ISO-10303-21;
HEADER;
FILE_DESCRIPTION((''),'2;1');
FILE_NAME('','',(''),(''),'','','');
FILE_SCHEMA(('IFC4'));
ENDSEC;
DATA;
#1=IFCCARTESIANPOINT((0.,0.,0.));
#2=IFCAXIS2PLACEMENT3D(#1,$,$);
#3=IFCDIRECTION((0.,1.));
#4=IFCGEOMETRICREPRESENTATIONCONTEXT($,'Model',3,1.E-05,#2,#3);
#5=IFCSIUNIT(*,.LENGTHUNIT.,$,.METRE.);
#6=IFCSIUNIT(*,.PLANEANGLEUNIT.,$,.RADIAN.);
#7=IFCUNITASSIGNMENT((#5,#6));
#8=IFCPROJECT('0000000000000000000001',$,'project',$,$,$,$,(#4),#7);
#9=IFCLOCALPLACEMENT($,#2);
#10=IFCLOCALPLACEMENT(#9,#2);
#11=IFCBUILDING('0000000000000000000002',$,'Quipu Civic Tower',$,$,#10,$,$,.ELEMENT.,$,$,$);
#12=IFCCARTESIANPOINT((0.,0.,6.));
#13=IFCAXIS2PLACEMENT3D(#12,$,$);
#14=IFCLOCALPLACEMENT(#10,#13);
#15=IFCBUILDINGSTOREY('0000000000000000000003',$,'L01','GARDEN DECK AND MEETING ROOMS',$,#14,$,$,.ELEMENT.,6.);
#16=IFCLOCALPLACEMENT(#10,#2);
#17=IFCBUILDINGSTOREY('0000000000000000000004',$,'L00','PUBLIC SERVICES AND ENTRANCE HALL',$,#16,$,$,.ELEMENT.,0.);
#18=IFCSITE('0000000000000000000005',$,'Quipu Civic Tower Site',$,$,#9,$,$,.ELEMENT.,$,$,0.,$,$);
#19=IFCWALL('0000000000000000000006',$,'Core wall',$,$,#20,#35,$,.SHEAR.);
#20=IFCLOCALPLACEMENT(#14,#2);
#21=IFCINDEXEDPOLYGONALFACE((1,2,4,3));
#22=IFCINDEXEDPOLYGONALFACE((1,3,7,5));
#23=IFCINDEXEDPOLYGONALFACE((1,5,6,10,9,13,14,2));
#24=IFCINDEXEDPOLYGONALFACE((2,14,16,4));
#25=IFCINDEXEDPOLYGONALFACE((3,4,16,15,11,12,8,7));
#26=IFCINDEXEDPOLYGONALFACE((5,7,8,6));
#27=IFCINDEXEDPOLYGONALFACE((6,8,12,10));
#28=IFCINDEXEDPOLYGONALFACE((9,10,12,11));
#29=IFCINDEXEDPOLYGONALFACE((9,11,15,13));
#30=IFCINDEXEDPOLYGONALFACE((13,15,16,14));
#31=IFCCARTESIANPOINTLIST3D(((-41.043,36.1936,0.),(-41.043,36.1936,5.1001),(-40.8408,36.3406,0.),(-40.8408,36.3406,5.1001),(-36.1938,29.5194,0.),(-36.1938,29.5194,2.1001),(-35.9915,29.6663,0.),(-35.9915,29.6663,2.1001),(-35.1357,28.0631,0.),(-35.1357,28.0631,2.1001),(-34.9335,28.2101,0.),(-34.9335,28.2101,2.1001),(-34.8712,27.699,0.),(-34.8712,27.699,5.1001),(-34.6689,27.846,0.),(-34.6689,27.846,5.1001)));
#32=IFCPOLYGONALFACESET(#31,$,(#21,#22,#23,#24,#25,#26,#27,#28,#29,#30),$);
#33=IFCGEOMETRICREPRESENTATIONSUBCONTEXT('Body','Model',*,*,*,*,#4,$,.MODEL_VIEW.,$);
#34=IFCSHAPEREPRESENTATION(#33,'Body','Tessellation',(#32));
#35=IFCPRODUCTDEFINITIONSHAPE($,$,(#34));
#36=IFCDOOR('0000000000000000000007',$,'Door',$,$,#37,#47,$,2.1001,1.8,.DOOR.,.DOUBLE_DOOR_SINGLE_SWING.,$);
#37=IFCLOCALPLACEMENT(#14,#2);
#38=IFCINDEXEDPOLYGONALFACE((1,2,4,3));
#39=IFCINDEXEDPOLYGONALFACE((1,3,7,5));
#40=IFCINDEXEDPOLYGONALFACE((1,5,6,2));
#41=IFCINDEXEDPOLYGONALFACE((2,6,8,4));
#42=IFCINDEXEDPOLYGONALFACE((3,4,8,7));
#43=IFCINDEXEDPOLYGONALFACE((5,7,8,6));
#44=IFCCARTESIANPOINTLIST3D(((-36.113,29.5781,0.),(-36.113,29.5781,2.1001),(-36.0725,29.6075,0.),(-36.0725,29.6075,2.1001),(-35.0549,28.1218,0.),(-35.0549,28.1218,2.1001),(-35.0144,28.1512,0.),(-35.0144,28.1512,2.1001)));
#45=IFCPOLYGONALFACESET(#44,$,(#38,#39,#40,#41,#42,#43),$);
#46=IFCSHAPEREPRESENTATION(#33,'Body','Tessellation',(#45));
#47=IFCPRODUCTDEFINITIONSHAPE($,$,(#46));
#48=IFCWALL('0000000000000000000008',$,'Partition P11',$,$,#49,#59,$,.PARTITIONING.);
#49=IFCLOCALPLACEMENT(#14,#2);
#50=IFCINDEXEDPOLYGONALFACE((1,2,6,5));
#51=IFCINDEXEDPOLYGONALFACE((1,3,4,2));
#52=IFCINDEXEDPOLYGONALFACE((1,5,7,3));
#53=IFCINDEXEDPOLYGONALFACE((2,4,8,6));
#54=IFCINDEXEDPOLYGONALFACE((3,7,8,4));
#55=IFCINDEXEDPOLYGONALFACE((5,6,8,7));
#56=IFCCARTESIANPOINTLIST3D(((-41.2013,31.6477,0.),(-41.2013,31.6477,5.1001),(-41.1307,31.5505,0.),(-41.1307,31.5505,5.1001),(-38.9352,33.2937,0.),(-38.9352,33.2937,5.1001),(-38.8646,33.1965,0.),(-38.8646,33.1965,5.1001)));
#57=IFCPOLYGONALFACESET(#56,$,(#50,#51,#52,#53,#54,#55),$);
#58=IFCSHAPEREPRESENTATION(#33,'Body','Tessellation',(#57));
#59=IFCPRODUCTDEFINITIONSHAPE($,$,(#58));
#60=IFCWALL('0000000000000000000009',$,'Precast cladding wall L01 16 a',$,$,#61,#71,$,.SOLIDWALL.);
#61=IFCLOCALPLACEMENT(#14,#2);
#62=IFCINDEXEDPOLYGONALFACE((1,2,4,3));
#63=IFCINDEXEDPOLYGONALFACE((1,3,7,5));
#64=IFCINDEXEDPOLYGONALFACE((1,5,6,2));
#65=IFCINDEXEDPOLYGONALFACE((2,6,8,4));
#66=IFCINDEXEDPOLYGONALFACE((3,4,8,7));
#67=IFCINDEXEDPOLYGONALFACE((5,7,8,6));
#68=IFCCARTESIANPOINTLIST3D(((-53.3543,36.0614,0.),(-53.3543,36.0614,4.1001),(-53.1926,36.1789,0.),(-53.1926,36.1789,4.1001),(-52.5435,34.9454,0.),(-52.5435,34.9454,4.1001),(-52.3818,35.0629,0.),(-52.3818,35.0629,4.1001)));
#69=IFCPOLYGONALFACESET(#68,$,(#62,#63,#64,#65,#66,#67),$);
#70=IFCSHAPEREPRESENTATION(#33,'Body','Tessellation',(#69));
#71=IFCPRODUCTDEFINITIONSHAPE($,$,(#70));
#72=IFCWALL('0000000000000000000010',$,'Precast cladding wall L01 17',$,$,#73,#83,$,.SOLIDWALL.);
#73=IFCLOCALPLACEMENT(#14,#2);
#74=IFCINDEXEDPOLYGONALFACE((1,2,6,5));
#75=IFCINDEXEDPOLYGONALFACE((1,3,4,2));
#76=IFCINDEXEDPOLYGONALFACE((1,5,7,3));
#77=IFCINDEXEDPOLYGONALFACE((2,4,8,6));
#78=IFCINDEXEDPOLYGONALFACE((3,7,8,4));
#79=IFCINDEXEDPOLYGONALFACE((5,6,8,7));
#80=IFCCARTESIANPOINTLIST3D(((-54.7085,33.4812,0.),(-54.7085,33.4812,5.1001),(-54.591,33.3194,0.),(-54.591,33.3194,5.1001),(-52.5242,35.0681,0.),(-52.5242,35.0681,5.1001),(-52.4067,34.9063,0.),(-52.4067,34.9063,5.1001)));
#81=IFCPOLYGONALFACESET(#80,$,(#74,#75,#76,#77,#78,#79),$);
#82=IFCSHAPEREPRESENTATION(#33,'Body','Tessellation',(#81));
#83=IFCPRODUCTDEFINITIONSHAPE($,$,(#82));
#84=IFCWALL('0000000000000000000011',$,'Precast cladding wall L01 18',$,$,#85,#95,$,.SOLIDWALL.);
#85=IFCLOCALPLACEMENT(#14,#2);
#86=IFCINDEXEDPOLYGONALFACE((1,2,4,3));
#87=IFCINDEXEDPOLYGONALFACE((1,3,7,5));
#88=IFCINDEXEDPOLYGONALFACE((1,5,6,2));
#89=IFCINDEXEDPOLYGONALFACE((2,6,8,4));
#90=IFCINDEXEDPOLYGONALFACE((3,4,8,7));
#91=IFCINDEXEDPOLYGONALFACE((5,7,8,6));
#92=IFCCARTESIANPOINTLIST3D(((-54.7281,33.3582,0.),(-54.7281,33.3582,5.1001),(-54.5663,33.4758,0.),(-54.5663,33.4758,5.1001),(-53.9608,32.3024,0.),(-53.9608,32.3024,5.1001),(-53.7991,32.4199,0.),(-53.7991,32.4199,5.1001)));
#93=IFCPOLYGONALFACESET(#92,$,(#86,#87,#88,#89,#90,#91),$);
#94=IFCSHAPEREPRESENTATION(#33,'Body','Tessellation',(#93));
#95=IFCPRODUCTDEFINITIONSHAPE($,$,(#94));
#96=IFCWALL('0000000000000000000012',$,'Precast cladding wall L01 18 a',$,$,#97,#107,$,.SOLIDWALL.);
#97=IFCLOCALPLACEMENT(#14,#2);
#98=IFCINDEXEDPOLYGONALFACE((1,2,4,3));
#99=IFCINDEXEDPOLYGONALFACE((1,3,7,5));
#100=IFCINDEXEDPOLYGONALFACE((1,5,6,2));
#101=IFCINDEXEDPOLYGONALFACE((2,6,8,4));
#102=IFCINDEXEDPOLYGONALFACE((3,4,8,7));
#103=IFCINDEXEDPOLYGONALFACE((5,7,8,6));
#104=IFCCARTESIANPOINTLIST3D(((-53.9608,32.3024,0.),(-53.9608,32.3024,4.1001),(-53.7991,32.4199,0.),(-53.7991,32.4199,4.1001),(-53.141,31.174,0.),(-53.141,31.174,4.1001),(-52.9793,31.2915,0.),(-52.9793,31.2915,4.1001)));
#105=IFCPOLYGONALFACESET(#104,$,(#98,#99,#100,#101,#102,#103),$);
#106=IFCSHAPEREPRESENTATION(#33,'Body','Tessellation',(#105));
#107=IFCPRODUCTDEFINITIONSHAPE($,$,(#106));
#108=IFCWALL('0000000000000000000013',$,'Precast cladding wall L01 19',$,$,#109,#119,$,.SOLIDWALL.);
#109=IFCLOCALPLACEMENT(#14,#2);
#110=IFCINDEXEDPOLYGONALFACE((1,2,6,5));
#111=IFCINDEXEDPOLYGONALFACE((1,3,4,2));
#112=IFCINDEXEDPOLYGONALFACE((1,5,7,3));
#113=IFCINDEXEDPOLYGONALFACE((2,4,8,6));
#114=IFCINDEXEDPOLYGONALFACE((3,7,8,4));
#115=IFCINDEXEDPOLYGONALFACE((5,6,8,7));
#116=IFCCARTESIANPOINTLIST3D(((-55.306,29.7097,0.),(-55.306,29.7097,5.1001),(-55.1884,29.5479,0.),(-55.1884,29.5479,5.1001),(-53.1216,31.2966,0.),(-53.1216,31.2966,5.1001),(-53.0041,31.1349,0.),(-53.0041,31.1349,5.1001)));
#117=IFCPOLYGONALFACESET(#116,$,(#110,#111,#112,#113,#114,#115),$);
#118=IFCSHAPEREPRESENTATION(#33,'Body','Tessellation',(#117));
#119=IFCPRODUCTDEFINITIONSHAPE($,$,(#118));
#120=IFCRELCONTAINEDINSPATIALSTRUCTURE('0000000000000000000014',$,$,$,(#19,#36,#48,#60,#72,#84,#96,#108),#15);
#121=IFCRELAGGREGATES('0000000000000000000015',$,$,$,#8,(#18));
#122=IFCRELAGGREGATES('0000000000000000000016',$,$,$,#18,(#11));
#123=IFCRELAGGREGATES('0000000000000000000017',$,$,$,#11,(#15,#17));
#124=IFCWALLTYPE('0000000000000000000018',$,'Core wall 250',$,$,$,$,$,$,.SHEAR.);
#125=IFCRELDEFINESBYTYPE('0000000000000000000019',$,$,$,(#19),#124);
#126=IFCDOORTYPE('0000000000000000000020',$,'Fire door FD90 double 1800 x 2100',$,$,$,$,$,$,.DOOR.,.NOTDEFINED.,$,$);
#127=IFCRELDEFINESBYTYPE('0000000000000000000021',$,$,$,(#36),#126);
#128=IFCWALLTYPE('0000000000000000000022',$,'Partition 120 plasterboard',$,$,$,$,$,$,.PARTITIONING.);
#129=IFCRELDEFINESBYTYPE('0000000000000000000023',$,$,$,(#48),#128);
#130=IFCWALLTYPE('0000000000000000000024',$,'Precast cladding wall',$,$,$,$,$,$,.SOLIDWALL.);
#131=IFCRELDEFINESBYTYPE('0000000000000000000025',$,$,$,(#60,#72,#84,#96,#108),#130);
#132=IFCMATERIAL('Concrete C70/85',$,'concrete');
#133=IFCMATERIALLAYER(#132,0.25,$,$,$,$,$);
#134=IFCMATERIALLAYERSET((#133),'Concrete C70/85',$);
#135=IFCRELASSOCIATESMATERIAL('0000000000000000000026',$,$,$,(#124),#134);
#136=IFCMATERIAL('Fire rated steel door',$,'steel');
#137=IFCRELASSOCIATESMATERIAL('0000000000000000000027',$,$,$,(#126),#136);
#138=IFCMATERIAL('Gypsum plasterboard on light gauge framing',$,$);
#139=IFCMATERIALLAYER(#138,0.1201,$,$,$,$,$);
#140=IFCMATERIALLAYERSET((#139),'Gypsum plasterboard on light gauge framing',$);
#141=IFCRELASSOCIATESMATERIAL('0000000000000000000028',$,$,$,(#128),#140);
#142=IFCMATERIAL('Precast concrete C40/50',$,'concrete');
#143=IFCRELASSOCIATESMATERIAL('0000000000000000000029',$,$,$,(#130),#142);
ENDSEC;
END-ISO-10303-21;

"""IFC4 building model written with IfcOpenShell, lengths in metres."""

from ifc_helpers import new_model, si_unit, direction, frame, frame_2d, origin, place, context, subcontext, project, spatial, rectangle, extrude, material, layer, layer_set, type_object, element, fill, save


model = new_model("IFC4")

# Units and contexts
model_context = context("Model", 3, precision=1e-05, world=origin(), true_north=direction((0.0, 1.0)))
body_context = subcontext(model_context, "Body", "Model", "MODEL_VIEW")
ifc_project = project(units=[si_unit("LENGTHUNIT", "METRE"), si_unit("PLANEANGLEUNIT", "RADIAN")], contexts=[model_context])

# Site, building, storey
site_placement = place(None, origin())
site = spatial("IfcSite", under=ifc_project, at=site_placement, Name="Quipu Civic Tower Site", CompositionType="ELEMENT", RefElevation=0.0)
building_placement = place(site_placement, origin())
building = spatial("IfcBuilding", under=site, at=building_placement, Name="Quipu Civic Tower", CompositionType="ELEMENT")
storey_1_placement = place(building_placement, frame((0.0, 0.0, 6.0)))
storey_1 = spatial("IfcBuildingStorey", under=building, at=storey_1_placement, Name="L01", Description="GARDEN DECK AND MEETING ROOMS", CompositionType="ELEMENT", Elevation=6.0)

# Shared definitions
storey_2_placement = place(building_placement, origin())
storey_2 = spatial("IfcBuildingStorey", under=building, at=storey_2_placement, Name="L00", Description="PUBLIC SERVICES AND ENTRANCE HALL", CompositionType="ELEMENT", Elevation=0.0)

# Wall, opening, door
ifc_material_1 = material(Name="Concrete C70/85", Category="concrete")
ifc_layer_1 = layer(ifc_material_1, 0.25)
ifc_layer_set_1 = layer_set([ifc_layer_1], Name="Concrete C70/85")
wall_type_1 = type_object("IfcWallType", Name="Core wall 250", PredefinedType="SHEAR", material=ifc_layer_set_1)
wall_1_placement = place(storey_1_placement, frame((-40.9419, 36.2671, 0.0), z_axis=(0.0, 0.0, 1.0), x_axis=(0.587796, -0.809009, 0.0)))
wall_1 = element("IfcWall", 1, at=wall_1_placement, inside=storey_1, type_object=wall_type_1, Name="Core wall", PredefinedType="SHEAR", context=body_context, shape_type="SweptSolid", body=[
    extrude(rectangle(XDim=10.5, YDim=0.25, at=frame_2d((5.25, 0.0))), origin(), (0.0, 0.0, 1.0), 5.1001),
])
opening_placement = place(wall_1_placement, frame((8.25, 0.0, 0.0)))
opening = element("IfcOpeningElement", 2, at=opening_placement, cuts=wall_1, PredefinedType="OPENING", context=body_context, shape_type="SweptSolid", body=[
    extrude(rectangle(XDim=1.8, YDim=2.1001, at=frame_2d((0.8999, 1.05))), frame((0.0, 0.135, 0.0), z_axis=(0.0, -1.0, 0.0), x_axis=(1.0, 0.0, 0.0)), (0.0, 0.0, 1.0), 0.27),
])
ifc_material_2 = material(Name="Fire rated steel door", Category="steel")
door_type = type_object("IfcDoorType", Name="Fire door FD90 double 1800 x 2100", OperationType="NOTDEFINED", PredefinedType="DOOR", material=ifc_material_2)
door_placement = place(opening_placement, origin())
door = element("IfcDoor", 3, at=door_placement, inside=storey_1, type_object=door_type, Name="Door", OperationType="DOUBLE_DOOR_SINGLE_SWING", OverallHeight=2.1001, OverallWidth=1.8, PredefinedType="DOOR", context=body_context, shape_type="SweptSolid", body=[
    extrude(rectangle(XDim=1.8, YDim=2.1001, at=frame_2d((0.8999, 1.05))), frame((0.0, 0.0249, 0.0), z_axis=(0.0, -1.0, 0.0), x_axis=(1.0, 0.0, 0.0)), (0.0, 0.0, 1.0), 0.05),
])
fill(opening, door)

# Walls
ifc_material_3 = material(Name="Gypsum plasterboard on light gauge framing")
ifc_layer_2 = layer(ifc_material_3, 0.1201)
ifc_layer_set_2 = layer_set([ifc_layer_2], Name="Gypsum plasterboard on light gauge framing")
wall_type_2 = type_object("IfcWallType", Name="Partition 120 plasterboard", PredefinedType="PARTITIONING", material=ifc_layer_set_2)
wall_2_placement = place(storey_1_placement, frame((-41.166, 31.5991, 0.0), z_axis=(0.0, 0.0, 1.0), x_axis=(0.80909, 0.587684, 0.0)))
element("IfcWall", 4, at=wall_2_placement, inside=storey_1, type_object=wall_type_2, Name="Partition P11", PredefinedType="PARTITIONING", context=body_context, shape_type="SweptSolid", body=[
    extrude(rectangle(XDim=2.8008, YDim=0.1201, at=frame_2d((1.4004, 0.0))), origin(), (0.0, 0.0, 1.0), 5.1001),
])
ifc_material_4 = material(Name="Precast concrete C40/50", Category="concrete")
wall_type_3 = type_object("IfcWallType", Name="Precast cladding wall", PredefinedType="SOLIDWALL", material=ifc_material_4)
wall_3_placement = place(storey_1_placement, frame((-53.2734, 36.1201, 0.0), z_axis=(0.0, 0.0, 1.0), x_axis=(0.587782, -0.809019, 0.0)))
element("IfcWall", 5, at=wall_3_placement, inside=storey_1, type_object=wall_type_3, Name="Precast cladding wall L01 16 a", PredefinedType="SOLIDWALL", context=body_context, shape_type="SweptSolid", body=[
    extrude(rectangle(XDim=1.3794, YDim=0.2, at=frame_2d((0.6897, 0.0))), origin(), (0.0, 0.0, 1.0), 4.1001),
])
wall_4_placement = place(storey_1_placement, frame((-52.4653, 34.9873, 0.0), z_axis=(0.0, 0.0, 1.0), x_axis=(-0.809033, -0.587763, 0.0)))
element("IfcWall", 6, at=wall_4_placement, inside=storey_1, type_object=wall_type_3, Name="Precast cladding wall L01 17", PredefinedType="SOLIDWALL", context=body_context, shape_type="SweptSolid", body=[
    extrude(rectangle(XDim=2.7, YDim=0.2, at=frame_2d((1.3501, 0.0))), origin(), (0.0, 0.0, 1.0), 5.1001),
])
wall_5_placement = place(storey_1_placement, frame((-54.6472, 33.417, 0.0), z_axis=(0.0, 0.0, 1.0), x_axis=(0.587871, -0.808954, 0.0)))
element("IfcWall", 7, at=wall_5_placement, inside=storey_1, type_object=wall_type_3, Name="Precast cladding wall L01 18", PredefinedType="SOLIDWALL", context=body_context, shape_type="SweptSolid", body=[
    extrude(rectangle(XDim=1.3052, YDim=0.2, at=frame_2d((0.6526, 0.0))), origin(), (0.0, 0.0, 1.0), 5.1001),
])
wall_6_placement = place(storey_1_placement, frame((-53.8799, 32.3611, 0.0), z_axis=(0.0, 0.0, 1.0), x_axis=(0.587776, -0.809024, 0.0)))
element("IfcWall", 8, at=wall_6_placement, inside=storey_1, type_object=wall_type_3, Name="Precast cladding wall L01 18 a", PredefinedType="SOLIDWALL", context=body_context, shape_type="SweptSolid", body=[
    extrude(rectangle(XDim=1.3948, YDim=0.2, at=frame_2d((0.6973, 0.0))), origin(), (0.0, 0.0, 1.0), 4.1001),
])
wall_7_placement = place(storey_1_placement, frame((-53.0627, 31.2158, 0.0), z_axis=(0.0, 0.0, 1.0), x_axis=(-0.809033, -0.587763, 0.0)))
element("IfcWall", 9, at=wall_7_placement, inside=storey_1, type_object=wall_type_3, Name="Precast cladding wall L01 19", PredefinedType="SOLIDWALL", context=body_context, shape_type="SweptSolid", body=[
    extrude(rectangle(XDim=2.7, YDim=0.2, at=frame_2d((1.3501, 0.0))), origin(), (0.0, 0.0, 1.0), 5.1001),
])

save(model, "model.ifc")
